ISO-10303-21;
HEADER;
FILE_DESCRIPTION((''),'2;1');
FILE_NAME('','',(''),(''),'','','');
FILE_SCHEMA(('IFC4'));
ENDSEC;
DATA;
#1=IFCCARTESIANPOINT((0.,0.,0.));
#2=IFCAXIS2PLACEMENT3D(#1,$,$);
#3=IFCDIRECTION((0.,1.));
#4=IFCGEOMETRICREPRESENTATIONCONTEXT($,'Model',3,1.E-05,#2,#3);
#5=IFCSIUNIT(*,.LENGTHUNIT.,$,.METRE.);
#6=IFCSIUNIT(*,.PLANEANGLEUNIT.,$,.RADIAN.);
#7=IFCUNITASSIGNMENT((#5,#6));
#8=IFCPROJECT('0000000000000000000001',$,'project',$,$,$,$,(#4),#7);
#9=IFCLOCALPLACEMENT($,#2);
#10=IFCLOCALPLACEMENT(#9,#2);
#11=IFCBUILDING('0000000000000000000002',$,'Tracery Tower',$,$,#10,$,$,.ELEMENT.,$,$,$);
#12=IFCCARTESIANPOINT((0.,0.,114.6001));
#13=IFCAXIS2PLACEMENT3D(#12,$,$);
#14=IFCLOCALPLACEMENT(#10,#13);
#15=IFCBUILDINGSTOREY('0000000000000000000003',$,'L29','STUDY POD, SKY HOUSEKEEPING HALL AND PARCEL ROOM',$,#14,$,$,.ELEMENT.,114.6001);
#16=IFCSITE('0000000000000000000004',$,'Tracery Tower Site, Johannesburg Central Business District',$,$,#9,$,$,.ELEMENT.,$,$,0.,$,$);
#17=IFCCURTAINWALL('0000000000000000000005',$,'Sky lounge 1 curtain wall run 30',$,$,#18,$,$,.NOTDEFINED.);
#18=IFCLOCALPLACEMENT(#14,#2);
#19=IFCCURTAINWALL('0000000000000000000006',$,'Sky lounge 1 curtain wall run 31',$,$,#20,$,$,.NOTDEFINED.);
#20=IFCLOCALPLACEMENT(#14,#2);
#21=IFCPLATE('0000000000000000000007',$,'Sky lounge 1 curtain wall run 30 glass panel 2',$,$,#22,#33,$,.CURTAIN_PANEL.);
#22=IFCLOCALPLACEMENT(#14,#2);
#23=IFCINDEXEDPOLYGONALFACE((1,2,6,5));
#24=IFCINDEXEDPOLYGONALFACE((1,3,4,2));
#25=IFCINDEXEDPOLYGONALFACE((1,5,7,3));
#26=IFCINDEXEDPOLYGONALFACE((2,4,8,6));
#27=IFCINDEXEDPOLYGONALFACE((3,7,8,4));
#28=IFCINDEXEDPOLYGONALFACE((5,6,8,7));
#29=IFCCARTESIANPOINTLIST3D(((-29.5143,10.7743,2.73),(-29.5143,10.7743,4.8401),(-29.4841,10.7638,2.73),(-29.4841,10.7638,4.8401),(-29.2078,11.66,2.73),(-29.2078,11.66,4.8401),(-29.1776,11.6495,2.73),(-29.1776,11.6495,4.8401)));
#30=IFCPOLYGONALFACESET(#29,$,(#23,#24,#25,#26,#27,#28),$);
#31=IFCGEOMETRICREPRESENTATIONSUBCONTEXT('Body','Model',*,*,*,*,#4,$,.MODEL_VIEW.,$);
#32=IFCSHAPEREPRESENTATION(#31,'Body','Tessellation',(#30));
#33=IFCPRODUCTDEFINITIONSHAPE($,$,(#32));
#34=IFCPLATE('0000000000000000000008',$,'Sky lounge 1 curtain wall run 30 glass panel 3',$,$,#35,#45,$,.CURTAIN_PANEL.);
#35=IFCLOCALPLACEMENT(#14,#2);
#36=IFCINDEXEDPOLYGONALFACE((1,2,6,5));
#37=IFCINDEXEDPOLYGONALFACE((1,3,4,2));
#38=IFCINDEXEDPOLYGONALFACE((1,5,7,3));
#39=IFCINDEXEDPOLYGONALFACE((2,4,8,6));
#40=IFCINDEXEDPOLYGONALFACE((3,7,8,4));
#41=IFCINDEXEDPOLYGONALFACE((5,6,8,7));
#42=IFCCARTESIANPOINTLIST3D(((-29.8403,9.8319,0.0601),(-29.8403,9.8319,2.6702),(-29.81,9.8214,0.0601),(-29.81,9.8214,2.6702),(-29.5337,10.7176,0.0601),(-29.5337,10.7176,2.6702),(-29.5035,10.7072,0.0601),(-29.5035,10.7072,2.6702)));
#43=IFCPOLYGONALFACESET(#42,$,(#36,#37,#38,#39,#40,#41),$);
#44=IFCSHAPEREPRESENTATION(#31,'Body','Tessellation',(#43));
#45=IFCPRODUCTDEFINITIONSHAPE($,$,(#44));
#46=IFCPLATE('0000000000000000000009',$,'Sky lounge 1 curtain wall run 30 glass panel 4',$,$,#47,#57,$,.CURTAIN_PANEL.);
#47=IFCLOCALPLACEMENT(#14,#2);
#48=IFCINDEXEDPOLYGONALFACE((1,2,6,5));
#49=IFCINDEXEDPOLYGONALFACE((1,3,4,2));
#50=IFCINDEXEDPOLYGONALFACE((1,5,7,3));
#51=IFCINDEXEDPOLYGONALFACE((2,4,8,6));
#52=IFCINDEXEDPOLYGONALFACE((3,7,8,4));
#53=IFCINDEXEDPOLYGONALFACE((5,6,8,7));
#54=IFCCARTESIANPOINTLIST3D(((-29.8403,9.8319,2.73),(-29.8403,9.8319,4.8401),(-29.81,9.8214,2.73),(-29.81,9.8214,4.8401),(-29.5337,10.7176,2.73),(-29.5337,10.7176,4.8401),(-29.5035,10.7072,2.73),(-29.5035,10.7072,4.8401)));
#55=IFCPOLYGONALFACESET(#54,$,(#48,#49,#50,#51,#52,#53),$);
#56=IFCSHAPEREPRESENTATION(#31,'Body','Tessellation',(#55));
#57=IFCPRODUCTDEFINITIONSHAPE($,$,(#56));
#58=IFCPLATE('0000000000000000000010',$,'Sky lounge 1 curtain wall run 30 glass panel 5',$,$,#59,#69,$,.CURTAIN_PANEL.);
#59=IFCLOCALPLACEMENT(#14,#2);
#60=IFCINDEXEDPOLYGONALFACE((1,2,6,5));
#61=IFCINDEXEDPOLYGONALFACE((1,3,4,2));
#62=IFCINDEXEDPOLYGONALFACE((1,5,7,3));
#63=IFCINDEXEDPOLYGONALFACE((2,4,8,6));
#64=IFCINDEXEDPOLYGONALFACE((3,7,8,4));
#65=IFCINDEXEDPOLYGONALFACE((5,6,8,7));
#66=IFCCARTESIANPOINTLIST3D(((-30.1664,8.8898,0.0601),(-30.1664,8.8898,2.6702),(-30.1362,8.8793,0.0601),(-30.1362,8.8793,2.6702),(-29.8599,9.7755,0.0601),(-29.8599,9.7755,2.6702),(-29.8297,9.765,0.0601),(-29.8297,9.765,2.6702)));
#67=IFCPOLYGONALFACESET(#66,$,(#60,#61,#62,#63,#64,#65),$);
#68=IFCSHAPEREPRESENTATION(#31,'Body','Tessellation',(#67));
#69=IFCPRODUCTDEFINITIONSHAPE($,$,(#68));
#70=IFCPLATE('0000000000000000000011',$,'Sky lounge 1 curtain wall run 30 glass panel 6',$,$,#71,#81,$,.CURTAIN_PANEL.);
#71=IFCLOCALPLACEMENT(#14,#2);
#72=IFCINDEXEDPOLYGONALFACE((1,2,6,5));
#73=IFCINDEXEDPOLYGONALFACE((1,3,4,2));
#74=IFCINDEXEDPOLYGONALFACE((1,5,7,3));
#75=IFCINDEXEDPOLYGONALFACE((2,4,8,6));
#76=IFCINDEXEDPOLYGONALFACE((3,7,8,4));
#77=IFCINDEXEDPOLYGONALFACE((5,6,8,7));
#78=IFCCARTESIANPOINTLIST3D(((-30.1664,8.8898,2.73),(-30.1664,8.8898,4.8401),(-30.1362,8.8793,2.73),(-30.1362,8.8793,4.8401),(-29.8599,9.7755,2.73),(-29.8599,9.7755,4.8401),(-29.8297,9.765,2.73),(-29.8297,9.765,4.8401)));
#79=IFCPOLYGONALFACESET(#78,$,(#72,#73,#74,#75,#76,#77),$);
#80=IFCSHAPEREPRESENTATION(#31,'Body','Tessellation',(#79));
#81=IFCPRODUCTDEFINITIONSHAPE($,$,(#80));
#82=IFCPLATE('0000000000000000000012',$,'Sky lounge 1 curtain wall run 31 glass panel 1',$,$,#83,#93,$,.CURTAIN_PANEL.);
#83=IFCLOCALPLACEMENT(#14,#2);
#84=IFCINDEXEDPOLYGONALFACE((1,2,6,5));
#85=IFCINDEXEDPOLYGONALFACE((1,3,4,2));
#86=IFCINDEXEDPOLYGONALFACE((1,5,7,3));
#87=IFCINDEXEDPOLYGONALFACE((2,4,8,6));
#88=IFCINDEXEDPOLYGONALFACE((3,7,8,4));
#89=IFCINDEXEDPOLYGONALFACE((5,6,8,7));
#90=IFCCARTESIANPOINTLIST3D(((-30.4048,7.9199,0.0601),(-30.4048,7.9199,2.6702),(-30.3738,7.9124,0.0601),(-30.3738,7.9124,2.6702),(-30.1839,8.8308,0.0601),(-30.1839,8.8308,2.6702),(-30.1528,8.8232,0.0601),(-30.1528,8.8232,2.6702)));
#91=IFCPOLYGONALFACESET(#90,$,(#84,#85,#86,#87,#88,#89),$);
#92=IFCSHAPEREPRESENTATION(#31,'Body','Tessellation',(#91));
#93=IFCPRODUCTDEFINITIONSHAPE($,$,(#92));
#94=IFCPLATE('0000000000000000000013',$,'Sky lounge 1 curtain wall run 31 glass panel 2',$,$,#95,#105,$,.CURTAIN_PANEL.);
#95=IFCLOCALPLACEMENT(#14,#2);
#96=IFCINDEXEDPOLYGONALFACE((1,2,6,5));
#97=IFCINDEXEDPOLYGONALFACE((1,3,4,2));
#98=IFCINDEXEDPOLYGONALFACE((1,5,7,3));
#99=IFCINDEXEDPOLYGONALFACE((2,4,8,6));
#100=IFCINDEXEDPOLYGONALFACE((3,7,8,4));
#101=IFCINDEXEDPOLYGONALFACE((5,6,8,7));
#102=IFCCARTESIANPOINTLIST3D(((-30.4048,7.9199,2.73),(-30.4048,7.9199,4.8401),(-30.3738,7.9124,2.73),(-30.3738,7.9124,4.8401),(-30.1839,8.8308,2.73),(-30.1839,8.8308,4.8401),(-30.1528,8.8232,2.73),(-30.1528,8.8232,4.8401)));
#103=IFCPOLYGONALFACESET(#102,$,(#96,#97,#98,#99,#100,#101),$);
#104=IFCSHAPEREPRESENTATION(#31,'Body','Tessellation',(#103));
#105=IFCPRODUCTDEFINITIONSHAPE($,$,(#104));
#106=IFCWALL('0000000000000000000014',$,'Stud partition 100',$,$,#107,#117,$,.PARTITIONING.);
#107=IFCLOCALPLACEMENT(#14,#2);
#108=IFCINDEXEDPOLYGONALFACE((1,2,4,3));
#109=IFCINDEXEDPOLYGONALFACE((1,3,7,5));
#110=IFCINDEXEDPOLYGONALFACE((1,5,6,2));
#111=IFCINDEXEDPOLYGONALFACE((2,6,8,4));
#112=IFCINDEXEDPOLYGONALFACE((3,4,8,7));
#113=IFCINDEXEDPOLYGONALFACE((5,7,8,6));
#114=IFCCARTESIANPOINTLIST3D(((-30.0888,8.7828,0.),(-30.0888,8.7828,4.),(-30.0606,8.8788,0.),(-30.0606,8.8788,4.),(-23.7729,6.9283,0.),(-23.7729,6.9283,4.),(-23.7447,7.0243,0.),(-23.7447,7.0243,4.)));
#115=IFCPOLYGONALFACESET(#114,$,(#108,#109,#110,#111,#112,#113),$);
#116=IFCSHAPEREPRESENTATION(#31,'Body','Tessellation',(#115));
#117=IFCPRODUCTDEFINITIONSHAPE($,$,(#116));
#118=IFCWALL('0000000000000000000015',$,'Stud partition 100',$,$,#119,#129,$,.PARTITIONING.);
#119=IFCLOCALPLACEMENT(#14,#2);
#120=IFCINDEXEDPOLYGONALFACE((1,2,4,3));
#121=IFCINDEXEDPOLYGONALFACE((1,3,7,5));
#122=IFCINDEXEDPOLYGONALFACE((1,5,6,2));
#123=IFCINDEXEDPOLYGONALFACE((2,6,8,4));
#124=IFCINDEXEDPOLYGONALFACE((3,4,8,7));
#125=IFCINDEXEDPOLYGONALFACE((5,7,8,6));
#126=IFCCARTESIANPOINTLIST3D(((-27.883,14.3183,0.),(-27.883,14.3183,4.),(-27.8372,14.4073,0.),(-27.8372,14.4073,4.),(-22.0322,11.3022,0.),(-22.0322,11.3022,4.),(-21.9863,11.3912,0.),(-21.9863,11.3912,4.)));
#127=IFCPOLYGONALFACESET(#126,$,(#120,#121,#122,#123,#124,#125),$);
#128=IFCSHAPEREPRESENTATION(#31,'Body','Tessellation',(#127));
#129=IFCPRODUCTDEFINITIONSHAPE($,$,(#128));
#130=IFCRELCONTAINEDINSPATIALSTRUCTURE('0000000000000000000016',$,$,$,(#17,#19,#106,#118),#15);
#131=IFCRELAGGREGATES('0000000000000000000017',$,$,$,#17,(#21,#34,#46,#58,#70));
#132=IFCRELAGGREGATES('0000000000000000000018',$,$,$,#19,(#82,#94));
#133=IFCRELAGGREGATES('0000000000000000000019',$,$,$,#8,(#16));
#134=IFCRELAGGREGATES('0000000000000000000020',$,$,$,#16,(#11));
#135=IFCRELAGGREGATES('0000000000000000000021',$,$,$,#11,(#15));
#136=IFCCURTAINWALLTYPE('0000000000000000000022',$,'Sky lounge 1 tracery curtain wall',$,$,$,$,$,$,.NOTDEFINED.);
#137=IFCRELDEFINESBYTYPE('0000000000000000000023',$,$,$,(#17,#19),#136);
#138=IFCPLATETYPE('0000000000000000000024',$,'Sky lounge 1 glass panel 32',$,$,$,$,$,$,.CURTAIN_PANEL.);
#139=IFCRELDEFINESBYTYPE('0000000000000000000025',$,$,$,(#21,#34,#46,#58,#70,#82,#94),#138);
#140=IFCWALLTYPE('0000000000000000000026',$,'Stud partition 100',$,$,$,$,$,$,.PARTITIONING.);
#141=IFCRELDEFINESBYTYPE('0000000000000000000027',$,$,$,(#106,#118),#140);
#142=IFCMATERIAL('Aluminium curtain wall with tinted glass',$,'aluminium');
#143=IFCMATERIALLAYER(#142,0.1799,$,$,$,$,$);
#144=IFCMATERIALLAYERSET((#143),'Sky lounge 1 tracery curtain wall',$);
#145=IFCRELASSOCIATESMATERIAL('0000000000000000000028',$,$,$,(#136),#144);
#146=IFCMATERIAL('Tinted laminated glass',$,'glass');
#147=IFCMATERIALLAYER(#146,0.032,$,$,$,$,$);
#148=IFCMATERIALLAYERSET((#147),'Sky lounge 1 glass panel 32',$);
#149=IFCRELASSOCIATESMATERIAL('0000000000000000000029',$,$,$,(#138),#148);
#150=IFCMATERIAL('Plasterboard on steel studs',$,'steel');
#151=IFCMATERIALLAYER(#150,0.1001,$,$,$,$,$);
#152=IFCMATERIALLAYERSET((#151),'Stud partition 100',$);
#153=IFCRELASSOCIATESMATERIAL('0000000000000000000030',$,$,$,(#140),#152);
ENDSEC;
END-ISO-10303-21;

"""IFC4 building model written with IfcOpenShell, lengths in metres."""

from ifc_helpers import new_model, si_unit, direction, frame, frame_2d, origin, origin_2d, place, context, subcontext, project, spatial, rectangle, extrude, material, layer, layer_set, type_object, element, aggregate, save


model = new_model("IFC4")

# Units and contexts
model_context = context("Model", 3, precision=1e-05, world=origin(), true_north=direction((0.0, 1.0)))
body_context = subcontext(model_context, "Body", "Model", "MODEL_VIEW")
ifc_project = project(units=[si_unit("LENGTHUNIT", "METRE"), si_unit("PLANEANGLEUNIT", "RADIAN")], contexts=[model_context])

# Site, building, storey
site_placement = place(None, origin())
site = spatial("IfcSite", under=ifc_project, at=site_placement, Name="Tracery Tower Site, Johannesburg Central Business District", CompositionType="ELEMENT", RefElevation=0.0)
building_placement = place(site_placement, origin())
building = spatial("IfcBuilding", under=site, at=building_placement, Name="Tracery Tower", CompositionType="ELEMENT")
storey_placement = place(building_placement, frame((0.0, 0.0, 114.6001)))
storey = spatial("IfcBuildingStorey", under=building, at=storey_placement, Name="L29", Description="STUDY POD, SKY HOUSEKEEPING HALL AND PARCEL ROOM", CompositionType="ELEMENT", Elevation=114.6001)

# Curtain wall
ifc_material_1 = material(Name="Aluminium curtain wall with tinted glass", Category="aluminium")
ifc_layer_1 = layer(ifc_material_1, 0.1799)
ifc_layer_set_1 = layer_set([ifc_layer_1], Name="Sky lounge 1 tracery curtain wall")
curtain_wall_type = type_object("IfcCurtainWallType", Name="Sky lounge 1 tracery curtain wall", PredefinedType="NOTDEFINED", material=ifc_layer_set_1)
curtain_wall_1_placement = place(storey_placement, origin())
curtain_wall_1 = element("IfcCurtainWall", 1, at=curtain_wall_1_placement, inside=storey, type_object=curtain_wall_type, Name="Sky lounge 1 curtain wall run 30", PredefinedType="NOTDEFINED")

# Curtain wall
curtain_wall_2_placement = place(storey_placement, origin())
curtain_wall_2 = element("IfcCurtainWall", 2, at=curtain_wall_2_placement, inside=storey, type_object=curtain_wall_type, Name="Sky lounge 1 curtain wall run 31", PredefinedType="NOTDEFINED")

# Plates
ifc_material_2 = material(Name="Tinted laminated glass", Category="glass")
ifc_layer_2 = layer(ifc_material_2, 0.032)
ifc_layer_set_2 = layer_set([ifc_layer_2], Name="Sky lounge 1 glass panel 32")
plate_type = type_object("IfcPlateType", Name="Sky lounge 1 glass panel 32", PredefinedType="CURTAIN_PANEL", material=ifc_layer_set_2)
plate_1_placement = place(storey_placement, frame((-29.3459, 11.2119, 2.73), z_axis=(0.0, 0.0, 1.0), x_axis=(-0.327068, -0.945001, 0.0)))
plate_1 = element("IfcPlate", 3, at=plate_1_placement, type_object=plate_type, Name="Sky lounge 1 curtain wall run 30 glass panel 2", PredefinedType="CURTAIN_PANEL", context=body_context, shape_type="SweptSolid", body=[
    extrude(rectangle(XDim=0.9373, YDim=0.032, at=origin_2d()), origin(), (0.0, 0.0, 1.0), 2.1101),
])
plate_2_placement = place(storey_placement, frame((-29.6719, 10.2695, 0.0601), z_axis=(0.0, 0.0, 1.0), x_axis=(-0.327068, -0.945001, 0.0)))
plate_2 = element("IfcPlate", 4, at=plate_2_placement, type_object=plate_type, Name="Sky lounge 1 curtain wall run 30 glass panel 3", PredefinedType="CURTAIN_PANEL", context=body_context, shape_type="SweptSolid", body=[
    extrude(rectangle(XDim=0.9373, YDim=0.032, at=origin_2d()), origin(), (0.0, 0.0, 1.0), 2.6101),
])
plate_3_placement = place(storey_placement, frame((-29.6719, 10.2695, 2.73), z_axis=(0.0, 0.0, 1.0), x_axis=(-0.327068, -0.945001, 0.0)))
plate_3 = element("IfcPlate", 5, at=plate_3_placement, type_object=plate_type, Name="Sky lounge 1 curtain wall run 30 glass panel 4", PredefinedType="CURTAIN_PANEL", context=body_context, shape_type="SweptSolid", body=[
    extrude(rectangle(XDim=0.9373, YDim=0.032, at=origin_2d()), origin(), (0.0, 0.0, 1.0), 2.1101),
])
plate_4_placement = place(storey_placement, frame((-29.998, 9.3274, 0.0601), z_axis=(0.0, 0.0, 1.0), x_axis=(-0.327068, -0.945001, 0.0)))
plate_4 = element("IfcPlate", 6, at=plate_4_placement, type_object=plate_type, Name="Sky lounge 1 curtain wall run 30 glass panel 5", PredefinedType="CURTAIN_PANEL", context=body_context, shape_type="SweptSolid", body=[
    extrude(rectangle(XDim=0.9373, YDim=0.032, at=origin_2d()), origin(), (0.0, 0.0, 1.0), 2.6101),
])
plate_5_placement = place(storey_placement, frame((-29.998, 9.3274, 2.73), z_axis=(0.0, 0.0, 1.0), x_axis=(-0.327068, -0.945001, 0.0)))
plate_5 = element("IfcPlate", 7, at=plate_5_placement, type_object=plate_type, Name="Sky lounge 1 curtain wall run 30 glass panel 6", PredefinedType="CURTAIN_PANEL", context=body_context, shape_type="SweptSolid", body=[
    extrude(rectangle(XDim=0.9373, YDim=0.032, at=origin_2d()), origin(), (0.0, 0.0, 1.0), 2.1101),
])
aggregate(curtain_wall_1, [plate_1, plate_2, plate_3, plate_4, plate_5])
plate_6_placement = place(storey_placement, frame((-30.2788, 8.3716, 0.0601), z_axis=(0.0, 0.0, 1.0), x_axis=(-0.235759, -0.971812, 0.0)))
plate_6 = element("IfcPlate", 8, at=plate_6_placement, type_object=plate_type, Name="Sky lounge 1 curtain wall run 31 glass panel 1", PredefinedType="CURTAIN_PANEL", context=body_context, shape_type="SweptSolid", body=[
    extrude(rectangle(XDim=0.9373, YDim=0.032, at=origin_2d()), origin(), (0.0, 0.0, 1.0), 2.6101),
])
plate_7_placement = place(storey_placement, frame((-30.2788, 8.3716, 2.73), z_axis=(0.0, 0.0, 1.0), x_axis=(-0.235759, -0.971812, 0.0)))
plate_7 = element("IfcPlate", 9, at=plate_7_placement, type_object=plate_type, Name="Sky lounge 1 curtain wall run 31 glass panel 2", PredefinedType="CURTAIN_PANEL", context=body_context, shape_type="SweptSolid", body=[
    extrude(rectangle(XDim=0.9373, YDim=0.032, at=origin_2d()), origin(), (0.0, 0.0, 1.0), 2.1101),
])
aggregate(curtain_wall_2, [plate_6, plate_7])

# Walls
ifc_material_3 = material(Name="Plasterboard on steel studs", Category="steel")
ifc_layer_3 = layer(ifc_material_3, 0.1001)
ifc_layer_set_3 = layer_set([ifc_layer_3], Name="Stud partition 100")
wall_type = type_object("IfcWallType", Name="Stud partition 100", PredefinedType="PARTITIONING", material=ifc_layer_set_3)
for number, where, z_axis, x_axis, name in (
    (10, (-30.0747, 8.8308, 0.0), (0.0, 0.0, 1.0), (0.959494, -0.281729, 0.0), "Stud partition 100"),
    (11, (-27.8601, 14.3628, 0.0), (0.0, 0.0, 1.0), (0.888848, -0.458203, 0.0), "Stud partition 100"),
):
    element("IfcWall", number, at=place(storey_placement, frame(where, z_axis=z_axis, x_axis=x_axis)), inside=storey, type_object=wall_type, Name=name, PredefinedType="PARTITIONING", context=body_context, shape_type="SweptSolid", body=[
        extrude(rectangle(XDim=6.5825, YDim=0.1001, at=frame_2d((3.2913, 0.0))), origin(), (0.0, 0.0, 1.0), 4.0),
    ])

save(model, "model.ifc")
